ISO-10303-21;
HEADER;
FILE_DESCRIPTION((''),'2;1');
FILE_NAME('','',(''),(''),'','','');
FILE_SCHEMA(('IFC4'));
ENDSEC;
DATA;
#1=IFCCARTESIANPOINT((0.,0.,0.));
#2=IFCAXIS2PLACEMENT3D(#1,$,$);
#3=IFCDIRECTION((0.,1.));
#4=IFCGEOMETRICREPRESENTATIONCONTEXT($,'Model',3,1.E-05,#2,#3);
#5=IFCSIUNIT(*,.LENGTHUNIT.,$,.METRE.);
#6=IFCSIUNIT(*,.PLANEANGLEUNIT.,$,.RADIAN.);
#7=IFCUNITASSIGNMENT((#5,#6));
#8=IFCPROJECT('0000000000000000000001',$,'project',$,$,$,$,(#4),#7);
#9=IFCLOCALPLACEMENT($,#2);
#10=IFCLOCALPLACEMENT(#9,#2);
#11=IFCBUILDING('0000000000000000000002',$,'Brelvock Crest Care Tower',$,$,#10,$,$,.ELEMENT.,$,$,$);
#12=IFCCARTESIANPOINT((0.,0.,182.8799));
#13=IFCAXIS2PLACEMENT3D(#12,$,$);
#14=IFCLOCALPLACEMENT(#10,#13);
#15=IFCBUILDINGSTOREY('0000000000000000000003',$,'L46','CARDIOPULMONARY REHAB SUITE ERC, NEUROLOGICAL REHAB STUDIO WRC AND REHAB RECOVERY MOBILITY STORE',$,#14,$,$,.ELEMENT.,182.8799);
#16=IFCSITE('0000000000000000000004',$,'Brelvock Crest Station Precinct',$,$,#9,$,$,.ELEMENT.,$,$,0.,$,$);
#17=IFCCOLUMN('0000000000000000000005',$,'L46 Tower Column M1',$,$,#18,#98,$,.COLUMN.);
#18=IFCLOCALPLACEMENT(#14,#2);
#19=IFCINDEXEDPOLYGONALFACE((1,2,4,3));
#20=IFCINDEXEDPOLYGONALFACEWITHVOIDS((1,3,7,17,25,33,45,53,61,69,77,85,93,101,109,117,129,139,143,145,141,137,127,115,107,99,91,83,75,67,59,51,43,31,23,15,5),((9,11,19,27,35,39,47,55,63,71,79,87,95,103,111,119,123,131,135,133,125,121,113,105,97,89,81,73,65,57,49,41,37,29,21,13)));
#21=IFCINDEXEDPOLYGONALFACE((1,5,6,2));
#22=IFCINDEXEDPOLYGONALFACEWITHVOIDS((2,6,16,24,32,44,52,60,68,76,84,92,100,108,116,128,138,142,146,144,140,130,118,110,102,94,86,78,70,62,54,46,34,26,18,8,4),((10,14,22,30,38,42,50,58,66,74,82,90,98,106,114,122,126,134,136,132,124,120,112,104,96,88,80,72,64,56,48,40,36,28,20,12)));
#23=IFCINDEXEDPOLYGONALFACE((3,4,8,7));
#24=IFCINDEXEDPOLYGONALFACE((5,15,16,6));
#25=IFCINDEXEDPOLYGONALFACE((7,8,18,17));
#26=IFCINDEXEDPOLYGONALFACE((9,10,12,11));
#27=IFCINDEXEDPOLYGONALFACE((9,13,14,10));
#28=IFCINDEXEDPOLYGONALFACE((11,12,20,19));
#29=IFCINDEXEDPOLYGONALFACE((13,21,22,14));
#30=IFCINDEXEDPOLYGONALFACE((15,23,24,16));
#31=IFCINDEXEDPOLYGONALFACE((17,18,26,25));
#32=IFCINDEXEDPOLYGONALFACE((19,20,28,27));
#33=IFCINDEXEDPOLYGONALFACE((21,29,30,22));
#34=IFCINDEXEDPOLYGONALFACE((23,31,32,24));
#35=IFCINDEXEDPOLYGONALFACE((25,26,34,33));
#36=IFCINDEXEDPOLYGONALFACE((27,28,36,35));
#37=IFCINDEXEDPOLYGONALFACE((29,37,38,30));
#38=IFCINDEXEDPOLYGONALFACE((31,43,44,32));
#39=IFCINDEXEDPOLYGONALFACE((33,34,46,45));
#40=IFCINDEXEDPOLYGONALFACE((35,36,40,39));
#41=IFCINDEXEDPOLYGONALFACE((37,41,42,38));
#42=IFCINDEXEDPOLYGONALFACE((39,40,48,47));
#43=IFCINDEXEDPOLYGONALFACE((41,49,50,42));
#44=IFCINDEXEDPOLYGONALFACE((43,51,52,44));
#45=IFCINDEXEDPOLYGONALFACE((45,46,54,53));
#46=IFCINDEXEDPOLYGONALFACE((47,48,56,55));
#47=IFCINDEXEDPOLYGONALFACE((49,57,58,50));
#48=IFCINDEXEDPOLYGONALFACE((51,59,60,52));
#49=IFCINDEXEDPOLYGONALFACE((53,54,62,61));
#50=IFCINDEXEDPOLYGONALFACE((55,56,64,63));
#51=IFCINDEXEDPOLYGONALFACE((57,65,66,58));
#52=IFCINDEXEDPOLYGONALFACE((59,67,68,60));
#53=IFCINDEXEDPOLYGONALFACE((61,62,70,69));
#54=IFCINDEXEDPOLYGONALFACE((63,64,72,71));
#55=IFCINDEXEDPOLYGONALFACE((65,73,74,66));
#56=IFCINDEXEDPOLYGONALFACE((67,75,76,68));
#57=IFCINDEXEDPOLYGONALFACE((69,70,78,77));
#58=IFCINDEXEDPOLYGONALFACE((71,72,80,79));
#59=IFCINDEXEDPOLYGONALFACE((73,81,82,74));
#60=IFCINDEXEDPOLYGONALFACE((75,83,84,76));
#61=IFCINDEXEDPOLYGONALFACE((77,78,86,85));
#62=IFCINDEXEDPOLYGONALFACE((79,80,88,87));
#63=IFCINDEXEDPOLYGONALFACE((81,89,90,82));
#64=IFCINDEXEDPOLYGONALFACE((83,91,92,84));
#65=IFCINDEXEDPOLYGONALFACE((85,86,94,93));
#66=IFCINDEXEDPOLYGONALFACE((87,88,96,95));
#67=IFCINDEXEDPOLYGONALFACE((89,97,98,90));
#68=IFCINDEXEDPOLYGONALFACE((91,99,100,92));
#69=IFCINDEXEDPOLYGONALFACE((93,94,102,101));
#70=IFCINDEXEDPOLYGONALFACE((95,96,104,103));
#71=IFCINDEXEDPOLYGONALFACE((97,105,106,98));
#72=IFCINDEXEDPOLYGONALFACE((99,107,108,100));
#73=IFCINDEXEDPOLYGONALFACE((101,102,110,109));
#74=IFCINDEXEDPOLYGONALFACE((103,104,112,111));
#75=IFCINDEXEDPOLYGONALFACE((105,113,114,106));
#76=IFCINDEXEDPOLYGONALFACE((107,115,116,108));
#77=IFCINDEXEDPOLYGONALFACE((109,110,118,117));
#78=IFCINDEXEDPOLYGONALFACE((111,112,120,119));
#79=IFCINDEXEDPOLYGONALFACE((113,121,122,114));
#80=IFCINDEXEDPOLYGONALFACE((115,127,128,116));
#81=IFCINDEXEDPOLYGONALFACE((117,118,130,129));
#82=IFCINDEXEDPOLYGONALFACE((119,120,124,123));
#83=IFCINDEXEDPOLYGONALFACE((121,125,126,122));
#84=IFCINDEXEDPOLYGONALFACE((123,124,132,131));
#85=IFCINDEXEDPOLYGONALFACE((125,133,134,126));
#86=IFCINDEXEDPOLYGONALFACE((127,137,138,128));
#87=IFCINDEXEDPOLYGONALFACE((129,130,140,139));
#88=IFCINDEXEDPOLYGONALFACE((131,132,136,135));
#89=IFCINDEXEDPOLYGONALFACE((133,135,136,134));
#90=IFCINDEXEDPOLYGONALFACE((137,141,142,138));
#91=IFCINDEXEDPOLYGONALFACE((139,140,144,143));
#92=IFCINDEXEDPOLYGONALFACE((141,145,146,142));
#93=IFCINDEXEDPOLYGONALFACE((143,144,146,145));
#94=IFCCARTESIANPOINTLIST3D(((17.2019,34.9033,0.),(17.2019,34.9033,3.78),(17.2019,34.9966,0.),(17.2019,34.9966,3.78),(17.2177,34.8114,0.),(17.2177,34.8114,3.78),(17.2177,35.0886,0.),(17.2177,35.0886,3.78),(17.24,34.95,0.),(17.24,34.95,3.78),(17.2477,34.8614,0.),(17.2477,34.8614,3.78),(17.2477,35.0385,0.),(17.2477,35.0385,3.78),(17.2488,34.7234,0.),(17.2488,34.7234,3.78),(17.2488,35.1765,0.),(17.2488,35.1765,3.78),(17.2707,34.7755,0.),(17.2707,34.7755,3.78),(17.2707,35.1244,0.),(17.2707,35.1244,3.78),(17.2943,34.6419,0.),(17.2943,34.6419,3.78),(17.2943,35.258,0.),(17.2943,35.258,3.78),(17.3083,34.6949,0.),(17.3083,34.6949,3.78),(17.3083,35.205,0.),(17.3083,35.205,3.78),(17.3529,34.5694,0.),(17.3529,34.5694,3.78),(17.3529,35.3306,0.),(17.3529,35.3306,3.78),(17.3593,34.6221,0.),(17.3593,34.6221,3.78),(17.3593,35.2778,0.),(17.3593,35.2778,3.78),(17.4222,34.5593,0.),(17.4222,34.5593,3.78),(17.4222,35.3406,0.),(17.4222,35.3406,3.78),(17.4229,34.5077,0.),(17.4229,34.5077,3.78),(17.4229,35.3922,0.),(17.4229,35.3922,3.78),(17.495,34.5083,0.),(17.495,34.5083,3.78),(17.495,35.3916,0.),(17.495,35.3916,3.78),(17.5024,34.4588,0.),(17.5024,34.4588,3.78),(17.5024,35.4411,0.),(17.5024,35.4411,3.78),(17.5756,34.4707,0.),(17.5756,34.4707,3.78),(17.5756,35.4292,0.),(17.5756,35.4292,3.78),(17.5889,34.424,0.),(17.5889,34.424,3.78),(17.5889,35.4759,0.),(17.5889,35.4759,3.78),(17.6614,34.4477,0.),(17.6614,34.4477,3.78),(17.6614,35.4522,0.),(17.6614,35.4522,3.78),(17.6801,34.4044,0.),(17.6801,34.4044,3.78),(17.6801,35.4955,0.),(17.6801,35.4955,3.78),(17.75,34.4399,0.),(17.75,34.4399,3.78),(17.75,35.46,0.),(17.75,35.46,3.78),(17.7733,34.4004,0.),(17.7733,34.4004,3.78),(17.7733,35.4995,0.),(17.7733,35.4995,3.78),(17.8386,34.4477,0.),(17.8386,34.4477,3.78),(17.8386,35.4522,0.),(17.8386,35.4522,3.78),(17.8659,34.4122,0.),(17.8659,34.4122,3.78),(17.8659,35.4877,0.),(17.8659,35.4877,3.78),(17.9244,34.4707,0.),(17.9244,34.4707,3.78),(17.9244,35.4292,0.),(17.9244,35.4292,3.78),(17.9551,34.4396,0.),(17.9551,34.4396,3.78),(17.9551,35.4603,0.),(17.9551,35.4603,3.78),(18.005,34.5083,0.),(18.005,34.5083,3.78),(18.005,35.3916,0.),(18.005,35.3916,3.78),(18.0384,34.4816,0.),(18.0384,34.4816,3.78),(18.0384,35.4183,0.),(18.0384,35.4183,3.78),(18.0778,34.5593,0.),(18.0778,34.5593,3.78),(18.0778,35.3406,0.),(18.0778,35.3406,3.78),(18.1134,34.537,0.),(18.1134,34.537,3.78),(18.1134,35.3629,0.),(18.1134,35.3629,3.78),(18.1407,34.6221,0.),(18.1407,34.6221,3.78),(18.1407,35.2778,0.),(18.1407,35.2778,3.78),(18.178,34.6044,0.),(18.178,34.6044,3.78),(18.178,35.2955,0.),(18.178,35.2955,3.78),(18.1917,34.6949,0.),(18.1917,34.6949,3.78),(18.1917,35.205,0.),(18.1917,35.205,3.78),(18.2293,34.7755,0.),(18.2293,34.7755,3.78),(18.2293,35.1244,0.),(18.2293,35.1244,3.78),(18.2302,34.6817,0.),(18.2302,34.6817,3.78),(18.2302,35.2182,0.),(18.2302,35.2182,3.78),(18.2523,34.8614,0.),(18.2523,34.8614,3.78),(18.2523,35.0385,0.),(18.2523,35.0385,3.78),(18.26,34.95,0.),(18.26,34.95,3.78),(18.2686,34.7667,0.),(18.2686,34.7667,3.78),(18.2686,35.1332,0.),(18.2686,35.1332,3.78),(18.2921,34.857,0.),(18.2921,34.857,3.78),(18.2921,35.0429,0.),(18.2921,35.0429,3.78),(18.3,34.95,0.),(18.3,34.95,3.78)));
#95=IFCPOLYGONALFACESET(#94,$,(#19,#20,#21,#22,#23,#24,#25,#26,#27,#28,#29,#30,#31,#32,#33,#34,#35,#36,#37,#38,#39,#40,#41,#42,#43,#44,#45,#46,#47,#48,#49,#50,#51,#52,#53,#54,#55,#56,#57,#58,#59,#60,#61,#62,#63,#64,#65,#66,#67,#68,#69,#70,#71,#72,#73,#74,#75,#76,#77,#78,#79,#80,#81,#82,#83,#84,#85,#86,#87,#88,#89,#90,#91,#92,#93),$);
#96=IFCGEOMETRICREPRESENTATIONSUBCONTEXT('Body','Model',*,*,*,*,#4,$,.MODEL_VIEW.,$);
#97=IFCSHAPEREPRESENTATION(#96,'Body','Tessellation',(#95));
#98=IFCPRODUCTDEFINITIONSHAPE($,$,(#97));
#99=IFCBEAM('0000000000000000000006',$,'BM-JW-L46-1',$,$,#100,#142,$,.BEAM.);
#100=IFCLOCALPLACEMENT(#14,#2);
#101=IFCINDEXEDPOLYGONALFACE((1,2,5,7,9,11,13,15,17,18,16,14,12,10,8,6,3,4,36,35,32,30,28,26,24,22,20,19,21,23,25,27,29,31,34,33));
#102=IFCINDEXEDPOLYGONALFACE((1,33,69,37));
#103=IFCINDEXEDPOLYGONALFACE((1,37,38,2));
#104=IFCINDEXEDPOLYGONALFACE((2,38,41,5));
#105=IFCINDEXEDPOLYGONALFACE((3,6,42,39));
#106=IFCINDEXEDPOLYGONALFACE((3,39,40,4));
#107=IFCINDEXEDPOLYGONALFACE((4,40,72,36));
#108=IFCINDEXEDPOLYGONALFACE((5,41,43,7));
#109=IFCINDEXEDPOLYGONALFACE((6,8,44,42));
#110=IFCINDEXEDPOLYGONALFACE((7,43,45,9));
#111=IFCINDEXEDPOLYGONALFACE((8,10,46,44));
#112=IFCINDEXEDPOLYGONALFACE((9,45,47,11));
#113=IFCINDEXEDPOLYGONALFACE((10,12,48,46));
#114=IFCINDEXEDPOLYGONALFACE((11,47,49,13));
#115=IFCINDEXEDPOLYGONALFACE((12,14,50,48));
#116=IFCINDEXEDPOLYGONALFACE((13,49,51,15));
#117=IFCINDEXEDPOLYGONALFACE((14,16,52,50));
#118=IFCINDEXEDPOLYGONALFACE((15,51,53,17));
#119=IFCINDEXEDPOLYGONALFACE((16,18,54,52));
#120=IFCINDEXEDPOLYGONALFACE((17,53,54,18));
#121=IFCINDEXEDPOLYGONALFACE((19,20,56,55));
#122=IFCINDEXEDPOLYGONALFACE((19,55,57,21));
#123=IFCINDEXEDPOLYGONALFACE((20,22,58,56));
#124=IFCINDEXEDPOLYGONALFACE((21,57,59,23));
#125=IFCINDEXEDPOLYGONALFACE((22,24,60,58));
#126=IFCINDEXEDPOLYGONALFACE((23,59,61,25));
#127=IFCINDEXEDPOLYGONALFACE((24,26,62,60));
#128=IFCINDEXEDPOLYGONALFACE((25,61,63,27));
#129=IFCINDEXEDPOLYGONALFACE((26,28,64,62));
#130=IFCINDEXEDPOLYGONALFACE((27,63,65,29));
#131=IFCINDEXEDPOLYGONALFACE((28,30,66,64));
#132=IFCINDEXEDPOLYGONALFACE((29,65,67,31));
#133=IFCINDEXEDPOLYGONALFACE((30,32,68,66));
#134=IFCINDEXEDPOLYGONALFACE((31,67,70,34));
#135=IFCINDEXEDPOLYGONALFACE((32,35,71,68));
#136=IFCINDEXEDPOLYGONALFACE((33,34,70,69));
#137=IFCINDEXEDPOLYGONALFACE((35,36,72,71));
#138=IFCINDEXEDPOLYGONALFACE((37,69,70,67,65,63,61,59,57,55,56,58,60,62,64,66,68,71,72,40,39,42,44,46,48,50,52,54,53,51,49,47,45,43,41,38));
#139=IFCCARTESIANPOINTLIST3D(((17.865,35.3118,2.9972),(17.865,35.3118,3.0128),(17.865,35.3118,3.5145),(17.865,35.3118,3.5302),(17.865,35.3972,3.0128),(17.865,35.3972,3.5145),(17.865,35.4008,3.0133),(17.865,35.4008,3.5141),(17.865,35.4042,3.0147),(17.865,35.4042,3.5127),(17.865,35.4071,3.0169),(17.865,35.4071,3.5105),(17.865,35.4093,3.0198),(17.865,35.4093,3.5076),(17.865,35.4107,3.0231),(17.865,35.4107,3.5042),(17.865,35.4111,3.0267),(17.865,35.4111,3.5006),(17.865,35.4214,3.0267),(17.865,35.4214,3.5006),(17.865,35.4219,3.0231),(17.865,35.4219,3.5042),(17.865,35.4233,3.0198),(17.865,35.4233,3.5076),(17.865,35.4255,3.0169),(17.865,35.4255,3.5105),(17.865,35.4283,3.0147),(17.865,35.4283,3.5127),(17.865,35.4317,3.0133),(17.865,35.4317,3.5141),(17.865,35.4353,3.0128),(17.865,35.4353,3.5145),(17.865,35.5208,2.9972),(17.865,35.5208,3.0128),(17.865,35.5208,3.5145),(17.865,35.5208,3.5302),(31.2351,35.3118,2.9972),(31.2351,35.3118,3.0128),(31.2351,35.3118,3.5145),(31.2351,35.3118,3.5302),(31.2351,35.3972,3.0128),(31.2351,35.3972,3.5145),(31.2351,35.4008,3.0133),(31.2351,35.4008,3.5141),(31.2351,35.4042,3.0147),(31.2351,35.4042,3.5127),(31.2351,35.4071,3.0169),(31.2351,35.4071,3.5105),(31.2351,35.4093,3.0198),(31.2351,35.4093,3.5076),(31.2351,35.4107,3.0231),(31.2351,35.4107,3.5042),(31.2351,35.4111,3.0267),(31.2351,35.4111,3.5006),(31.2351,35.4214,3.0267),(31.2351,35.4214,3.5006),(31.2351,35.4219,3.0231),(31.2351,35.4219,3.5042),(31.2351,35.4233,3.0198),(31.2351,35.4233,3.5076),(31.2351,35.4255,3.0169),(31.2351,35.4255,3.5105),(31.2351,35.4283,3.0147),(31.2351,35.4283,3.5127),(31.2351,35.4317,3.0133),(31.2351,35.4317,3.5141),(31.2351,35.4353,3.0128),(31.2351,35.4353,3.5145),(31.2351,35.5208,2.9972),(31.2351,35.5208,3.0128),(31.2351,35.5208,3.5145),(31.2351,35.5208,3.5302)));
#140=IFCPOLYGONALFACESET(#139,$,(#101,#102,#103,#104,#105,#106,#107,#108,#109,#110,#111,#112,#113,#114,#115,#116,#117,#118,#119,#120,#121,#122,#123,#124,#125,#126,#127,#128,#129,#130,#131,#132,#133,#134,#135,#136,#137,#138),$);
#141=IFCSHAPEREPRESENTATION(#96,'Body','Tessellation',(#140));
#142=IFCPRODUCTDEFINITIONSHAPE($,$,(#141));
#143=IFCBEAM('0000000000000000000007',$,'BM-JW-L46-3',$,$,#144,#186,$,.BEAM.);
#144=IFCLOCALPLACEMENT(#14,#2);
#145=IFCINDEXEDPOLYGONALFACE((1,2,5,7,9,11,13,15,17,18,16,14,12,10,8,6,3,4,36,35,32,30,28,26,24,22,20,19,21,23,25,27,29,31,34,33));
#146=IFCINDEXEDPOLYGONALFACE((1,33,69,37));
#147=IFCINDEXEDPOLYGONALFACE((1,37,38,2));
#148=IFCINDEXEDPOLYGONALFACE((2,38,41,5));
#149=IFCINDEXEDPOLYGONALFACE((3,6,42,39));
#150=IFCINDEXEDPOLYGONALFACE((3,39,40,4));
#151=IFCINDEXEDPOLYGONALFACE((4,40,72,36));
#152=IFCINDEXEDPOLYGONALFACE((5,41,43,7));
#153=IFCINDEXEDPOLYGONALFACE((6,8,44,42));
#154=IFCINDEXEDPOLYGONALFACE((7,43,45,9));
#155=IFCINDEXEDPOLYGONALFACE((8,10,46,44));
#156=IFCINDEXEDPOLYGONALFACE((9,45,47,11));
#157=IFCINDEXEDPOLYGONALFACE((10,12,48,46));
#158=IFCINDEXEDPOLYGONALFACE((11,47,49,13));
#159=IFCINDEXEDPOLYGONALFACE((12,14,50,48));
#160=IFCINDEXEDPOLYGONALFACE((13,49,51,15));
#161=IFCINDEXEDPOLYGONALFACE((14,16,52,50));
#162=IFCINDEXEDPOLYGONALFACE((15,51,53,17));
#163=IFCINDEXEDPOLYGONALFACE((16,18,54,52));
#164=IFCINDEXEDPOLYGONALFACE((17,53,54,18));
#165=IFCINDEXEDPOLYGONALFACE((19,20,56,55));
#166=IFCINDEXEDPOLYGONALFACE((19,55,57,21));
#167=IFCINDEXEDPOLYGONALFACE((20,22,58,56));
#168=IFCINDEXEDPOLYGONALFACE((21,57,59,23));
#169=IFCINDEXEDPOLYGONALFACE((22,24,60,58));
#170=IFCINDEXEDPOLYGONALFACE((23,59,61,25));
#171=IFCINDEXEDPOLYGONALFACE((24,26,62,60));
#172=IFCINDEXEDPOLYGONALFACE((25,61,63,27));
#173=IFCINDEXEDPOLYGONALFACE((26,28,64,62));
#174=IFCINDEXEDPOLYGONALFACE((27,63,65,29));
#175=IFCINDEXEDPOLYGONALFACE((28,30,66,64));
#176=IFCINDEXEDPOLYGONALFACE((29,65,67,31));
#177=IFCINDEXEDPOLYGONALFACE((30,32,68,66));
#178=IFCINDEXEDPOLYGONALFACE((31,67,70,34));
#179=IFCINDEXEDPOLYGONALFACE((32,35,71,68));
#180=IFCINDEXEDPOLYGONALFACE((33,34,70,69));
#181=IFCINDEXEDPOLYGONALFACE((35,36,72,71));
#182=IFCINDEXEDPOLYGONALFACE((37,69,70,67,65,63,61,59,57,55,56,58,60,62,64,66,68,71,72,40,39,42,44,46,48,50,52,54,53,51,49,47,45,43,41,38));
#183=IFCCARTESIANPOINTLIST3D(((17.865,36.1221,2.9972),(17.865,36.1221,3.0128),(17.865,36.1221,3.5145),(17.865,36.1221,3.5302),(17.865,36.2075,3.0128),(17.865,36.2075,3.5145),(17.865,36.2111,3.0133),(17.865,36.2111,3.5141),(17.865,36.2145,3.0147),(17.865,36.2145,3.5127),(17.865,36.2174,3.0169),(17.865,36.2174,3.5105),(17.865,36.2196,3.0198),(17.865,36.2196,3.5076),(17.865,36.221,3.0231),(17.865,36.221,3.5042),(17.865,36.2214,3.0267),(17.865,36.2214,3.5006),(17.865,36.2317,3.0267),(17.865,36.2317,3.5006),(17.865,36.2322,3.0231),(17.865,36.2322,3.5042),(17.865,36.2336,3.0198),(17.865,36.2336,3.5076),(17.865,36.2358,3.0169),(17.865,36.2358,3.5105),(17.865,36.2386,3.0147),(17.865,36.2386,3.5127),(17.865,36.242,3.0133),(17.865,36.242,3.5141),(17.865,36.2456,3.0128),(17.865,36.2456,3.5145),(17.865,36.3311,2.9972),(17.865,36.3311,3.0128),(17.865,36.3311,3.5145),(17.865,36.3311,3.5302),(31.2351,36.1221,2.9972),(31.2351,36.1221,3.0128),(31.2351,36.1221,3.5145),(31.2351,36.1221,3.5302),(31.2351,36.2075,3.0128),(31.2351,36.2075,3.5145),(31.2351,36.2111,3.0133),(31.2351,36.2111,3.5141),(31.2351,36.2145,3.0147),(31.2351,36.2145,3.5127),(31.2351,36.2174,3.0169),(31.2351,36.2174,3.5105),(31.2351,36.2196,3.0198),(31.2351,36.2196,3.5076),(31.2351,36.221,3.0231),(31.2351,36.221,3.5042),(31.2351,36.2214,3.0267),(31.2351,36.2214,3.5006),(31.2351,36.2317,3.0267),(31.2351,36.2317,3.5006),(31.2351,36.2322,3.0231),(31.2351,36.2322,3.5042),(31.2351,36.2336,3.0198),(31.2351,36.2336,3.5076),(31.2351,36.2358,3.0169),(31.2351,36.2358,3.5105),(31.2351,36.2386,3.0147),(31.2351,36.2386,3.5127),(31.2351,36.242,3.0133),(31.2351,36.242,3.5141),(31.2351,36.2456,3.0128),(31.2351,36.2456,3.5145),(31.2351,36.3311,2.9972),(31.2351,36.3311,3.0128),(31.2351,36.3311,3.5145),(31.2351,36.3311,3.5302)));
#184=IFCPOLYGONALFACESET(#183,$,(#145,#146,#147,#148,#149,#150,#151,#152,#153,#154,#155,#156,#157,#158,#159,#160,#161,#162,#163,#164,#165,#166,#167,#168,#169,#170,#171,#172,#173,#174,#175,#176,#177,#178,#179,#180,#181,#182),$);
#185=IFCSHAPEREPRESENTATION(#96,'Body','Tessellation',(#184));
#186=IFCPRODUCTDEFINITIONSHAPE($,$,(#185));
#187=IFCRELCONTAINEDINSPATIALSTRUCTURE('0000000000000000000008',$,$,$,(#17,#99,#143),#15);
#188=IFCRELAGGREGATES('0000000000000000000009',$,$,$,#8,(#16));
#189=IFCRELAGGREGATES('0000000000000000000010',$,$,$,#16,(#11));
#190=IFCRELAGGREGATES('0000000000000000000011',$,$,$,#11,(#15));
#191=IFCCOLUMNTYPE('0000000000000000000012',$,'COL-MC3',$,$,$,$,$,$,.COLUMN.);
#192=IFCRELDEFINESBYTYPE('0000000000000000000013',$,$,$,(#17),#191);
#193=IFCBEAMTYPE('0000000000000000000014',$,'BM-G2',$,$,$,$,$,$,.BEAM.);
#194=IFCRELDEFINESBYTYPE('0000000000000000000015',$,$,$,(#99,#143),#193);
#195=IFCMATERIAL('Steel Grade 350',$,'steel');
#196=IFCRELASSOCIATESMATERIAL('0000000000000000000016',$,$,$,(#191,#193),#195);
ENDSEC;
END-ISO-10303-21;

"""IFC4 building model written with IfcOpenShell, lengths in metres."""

from ifc_helpers import new_model, si_unit, direction, frame, origin, origin_2d, place, context, subcontext, project, spatial, hollow_circle, i_section, extrude, source, transform, mapped, material, material_profile, profile_set, type_object, element, save


model = new_model("IFC4")

# Units and contexts
model_context = context("Model", 3, precision=1e-05, world=origin(), true_north=direction((0.0, 1.0)))
body_context = subcontext(model_context, "Body", "Model", "MODEL_VIEW")
ifc_project = project(units=[si_unit("LENGTHUNIT", "METRE"), si_unit("PLANEANGLEUNIT", "RADIAN")], contexts=[model_context])

# Site, building, storey
site_placement = place(None, origin())
site = spatial("IfcSite", under=ifc_project, at=site_placement, Name="Brelvock Crest Station Precinct", CompositionType="ELEMENT", RefElevation=0.0)
building_placement = place(site_placement, origin())
building = spatial("IfcBuilding", under=site, at=building_placement, Name="Brelvock Crest Care Tower", CompositionType="ELEMENT")
storey_placement = place(building_placement, frame((0.0, 0.0, 182.8799)))
storey = spatial("IfcBuildingStorey", under=building, at=storey_placement, Name="L46", Description="CARDIOPULMONARY REHAB SUITE ERC, NEUROLOGICAL REHAB STUDIO WRC AND REHAB RECOVERY MOBILITY STORE", CompositionType="ELEMENT", Elevation=182.8799)

# Column
ifc_material_1 = material(Name="Steel Grade 350", Category="steel")
ifc_material_profile_1 = material_profile(ifc_material_1, hollow_circle(Radius=0.55, WallThickness=0.04, at=origin_2d()), Name="CFT1100x40")
ifc_profile_set_1 = profile_set([ifc_material_profile_1], Name="Steel Grade 350")
column_type = type_object("IfcColumnType", Name="COL-MC3", PredefinedType="COLUMN", material=ifc_profile_set_1)
shared_shape_1 = source(origin(), body_context, "Body", "SweptSolid", [
    extrude(hollow_circle(Radius=0.55, WallThickness=0.04, at=origin_2d()), origin(), (0.0, 0.0, 1.0), 3.78),
])
column_placement = place(storey_placement, frame((17.75, 34.95, 0.0), z_axis=(0.0, 0.0, 1.0), x_axis=(1.0, 0.0, 0.0)))
element("IfcColumn", 1, at=column_placement, inside=storey, type_object=column_type, Name="L46 Tower Column M1", PredefinedType="COLUMN", context=body_context, shape_type="MappedRepresentation", body=[
    mapped(shared_shape_1, transform((0.0, 0.0, 0.0), x_axis=(1.0, 0.0, 0.0), y_axis=(0.0, 1.0, 0.0), z_axis=(0.0, 0.0, 1.0), scale=1.0)),
])

# Beams
ifc_material_profile_2 = material_profile(ifc_material_1, i_section(OverallWidth=0.209, OverallDepth=0.533, WebThickness=0.0103, FlangeThickness=0.0156, FilletRadius=0.0139, at=origin_2d()), Name="530UB92.4")
ifc_profile_set_2 = profile_set([ifc_material_profile_2], Name="Steel Grade 350")
beam_type_1 = type_object("IfcBeamType", Name="BM-G2", PredefinedType="BEAM", material=ifc_profile_set_2)
shared_shape_2 = source(origin(), body_context, "Body", "SweptSolid", [
    extrude(i_section(OverallWidth=0.209, OverallDepth=0.533, WebThickness=0.0103, FlangeThickness=0.0156, FilletRadius=0.0139, at=origin_2d()), origin(), (0.0, 0.0, 1.0), 13.3701),
])
for number, where, z_axis, x_axis, name in (
    (2, (17.865, 35.4163, 3.2637), (1.0, 0.0, 0.0), (0.0, 1.0, 0.0), "BM-JW-L46-1"),
    (3, (17.865, 36.2266, 3.2637), (1.0, 0.0, 0.0), (0.0, 1.0, 0.0), "BM-JW-L46-3"),
):
    element("IfcBeam", number, at=place(storey_placement, frame(where, z_axis=z_axis, x_axis=x_axis)), inside=storey, type_object=beam_type_1, Name=name, PredefinedType="BEAM", context=body_context, shape_type="MappedRepresentation", body=[
        mapped(shared_shape_2, transform((0.0, 0.0, 0.0), x_axis=(1.0, 0.0, 0.0), y_axis=(0.0, 1.0, 0.0), z_axis=(0.0, 0.0, 1.0), scale=1.0)),
    ])

save(model, "model.ifc")
